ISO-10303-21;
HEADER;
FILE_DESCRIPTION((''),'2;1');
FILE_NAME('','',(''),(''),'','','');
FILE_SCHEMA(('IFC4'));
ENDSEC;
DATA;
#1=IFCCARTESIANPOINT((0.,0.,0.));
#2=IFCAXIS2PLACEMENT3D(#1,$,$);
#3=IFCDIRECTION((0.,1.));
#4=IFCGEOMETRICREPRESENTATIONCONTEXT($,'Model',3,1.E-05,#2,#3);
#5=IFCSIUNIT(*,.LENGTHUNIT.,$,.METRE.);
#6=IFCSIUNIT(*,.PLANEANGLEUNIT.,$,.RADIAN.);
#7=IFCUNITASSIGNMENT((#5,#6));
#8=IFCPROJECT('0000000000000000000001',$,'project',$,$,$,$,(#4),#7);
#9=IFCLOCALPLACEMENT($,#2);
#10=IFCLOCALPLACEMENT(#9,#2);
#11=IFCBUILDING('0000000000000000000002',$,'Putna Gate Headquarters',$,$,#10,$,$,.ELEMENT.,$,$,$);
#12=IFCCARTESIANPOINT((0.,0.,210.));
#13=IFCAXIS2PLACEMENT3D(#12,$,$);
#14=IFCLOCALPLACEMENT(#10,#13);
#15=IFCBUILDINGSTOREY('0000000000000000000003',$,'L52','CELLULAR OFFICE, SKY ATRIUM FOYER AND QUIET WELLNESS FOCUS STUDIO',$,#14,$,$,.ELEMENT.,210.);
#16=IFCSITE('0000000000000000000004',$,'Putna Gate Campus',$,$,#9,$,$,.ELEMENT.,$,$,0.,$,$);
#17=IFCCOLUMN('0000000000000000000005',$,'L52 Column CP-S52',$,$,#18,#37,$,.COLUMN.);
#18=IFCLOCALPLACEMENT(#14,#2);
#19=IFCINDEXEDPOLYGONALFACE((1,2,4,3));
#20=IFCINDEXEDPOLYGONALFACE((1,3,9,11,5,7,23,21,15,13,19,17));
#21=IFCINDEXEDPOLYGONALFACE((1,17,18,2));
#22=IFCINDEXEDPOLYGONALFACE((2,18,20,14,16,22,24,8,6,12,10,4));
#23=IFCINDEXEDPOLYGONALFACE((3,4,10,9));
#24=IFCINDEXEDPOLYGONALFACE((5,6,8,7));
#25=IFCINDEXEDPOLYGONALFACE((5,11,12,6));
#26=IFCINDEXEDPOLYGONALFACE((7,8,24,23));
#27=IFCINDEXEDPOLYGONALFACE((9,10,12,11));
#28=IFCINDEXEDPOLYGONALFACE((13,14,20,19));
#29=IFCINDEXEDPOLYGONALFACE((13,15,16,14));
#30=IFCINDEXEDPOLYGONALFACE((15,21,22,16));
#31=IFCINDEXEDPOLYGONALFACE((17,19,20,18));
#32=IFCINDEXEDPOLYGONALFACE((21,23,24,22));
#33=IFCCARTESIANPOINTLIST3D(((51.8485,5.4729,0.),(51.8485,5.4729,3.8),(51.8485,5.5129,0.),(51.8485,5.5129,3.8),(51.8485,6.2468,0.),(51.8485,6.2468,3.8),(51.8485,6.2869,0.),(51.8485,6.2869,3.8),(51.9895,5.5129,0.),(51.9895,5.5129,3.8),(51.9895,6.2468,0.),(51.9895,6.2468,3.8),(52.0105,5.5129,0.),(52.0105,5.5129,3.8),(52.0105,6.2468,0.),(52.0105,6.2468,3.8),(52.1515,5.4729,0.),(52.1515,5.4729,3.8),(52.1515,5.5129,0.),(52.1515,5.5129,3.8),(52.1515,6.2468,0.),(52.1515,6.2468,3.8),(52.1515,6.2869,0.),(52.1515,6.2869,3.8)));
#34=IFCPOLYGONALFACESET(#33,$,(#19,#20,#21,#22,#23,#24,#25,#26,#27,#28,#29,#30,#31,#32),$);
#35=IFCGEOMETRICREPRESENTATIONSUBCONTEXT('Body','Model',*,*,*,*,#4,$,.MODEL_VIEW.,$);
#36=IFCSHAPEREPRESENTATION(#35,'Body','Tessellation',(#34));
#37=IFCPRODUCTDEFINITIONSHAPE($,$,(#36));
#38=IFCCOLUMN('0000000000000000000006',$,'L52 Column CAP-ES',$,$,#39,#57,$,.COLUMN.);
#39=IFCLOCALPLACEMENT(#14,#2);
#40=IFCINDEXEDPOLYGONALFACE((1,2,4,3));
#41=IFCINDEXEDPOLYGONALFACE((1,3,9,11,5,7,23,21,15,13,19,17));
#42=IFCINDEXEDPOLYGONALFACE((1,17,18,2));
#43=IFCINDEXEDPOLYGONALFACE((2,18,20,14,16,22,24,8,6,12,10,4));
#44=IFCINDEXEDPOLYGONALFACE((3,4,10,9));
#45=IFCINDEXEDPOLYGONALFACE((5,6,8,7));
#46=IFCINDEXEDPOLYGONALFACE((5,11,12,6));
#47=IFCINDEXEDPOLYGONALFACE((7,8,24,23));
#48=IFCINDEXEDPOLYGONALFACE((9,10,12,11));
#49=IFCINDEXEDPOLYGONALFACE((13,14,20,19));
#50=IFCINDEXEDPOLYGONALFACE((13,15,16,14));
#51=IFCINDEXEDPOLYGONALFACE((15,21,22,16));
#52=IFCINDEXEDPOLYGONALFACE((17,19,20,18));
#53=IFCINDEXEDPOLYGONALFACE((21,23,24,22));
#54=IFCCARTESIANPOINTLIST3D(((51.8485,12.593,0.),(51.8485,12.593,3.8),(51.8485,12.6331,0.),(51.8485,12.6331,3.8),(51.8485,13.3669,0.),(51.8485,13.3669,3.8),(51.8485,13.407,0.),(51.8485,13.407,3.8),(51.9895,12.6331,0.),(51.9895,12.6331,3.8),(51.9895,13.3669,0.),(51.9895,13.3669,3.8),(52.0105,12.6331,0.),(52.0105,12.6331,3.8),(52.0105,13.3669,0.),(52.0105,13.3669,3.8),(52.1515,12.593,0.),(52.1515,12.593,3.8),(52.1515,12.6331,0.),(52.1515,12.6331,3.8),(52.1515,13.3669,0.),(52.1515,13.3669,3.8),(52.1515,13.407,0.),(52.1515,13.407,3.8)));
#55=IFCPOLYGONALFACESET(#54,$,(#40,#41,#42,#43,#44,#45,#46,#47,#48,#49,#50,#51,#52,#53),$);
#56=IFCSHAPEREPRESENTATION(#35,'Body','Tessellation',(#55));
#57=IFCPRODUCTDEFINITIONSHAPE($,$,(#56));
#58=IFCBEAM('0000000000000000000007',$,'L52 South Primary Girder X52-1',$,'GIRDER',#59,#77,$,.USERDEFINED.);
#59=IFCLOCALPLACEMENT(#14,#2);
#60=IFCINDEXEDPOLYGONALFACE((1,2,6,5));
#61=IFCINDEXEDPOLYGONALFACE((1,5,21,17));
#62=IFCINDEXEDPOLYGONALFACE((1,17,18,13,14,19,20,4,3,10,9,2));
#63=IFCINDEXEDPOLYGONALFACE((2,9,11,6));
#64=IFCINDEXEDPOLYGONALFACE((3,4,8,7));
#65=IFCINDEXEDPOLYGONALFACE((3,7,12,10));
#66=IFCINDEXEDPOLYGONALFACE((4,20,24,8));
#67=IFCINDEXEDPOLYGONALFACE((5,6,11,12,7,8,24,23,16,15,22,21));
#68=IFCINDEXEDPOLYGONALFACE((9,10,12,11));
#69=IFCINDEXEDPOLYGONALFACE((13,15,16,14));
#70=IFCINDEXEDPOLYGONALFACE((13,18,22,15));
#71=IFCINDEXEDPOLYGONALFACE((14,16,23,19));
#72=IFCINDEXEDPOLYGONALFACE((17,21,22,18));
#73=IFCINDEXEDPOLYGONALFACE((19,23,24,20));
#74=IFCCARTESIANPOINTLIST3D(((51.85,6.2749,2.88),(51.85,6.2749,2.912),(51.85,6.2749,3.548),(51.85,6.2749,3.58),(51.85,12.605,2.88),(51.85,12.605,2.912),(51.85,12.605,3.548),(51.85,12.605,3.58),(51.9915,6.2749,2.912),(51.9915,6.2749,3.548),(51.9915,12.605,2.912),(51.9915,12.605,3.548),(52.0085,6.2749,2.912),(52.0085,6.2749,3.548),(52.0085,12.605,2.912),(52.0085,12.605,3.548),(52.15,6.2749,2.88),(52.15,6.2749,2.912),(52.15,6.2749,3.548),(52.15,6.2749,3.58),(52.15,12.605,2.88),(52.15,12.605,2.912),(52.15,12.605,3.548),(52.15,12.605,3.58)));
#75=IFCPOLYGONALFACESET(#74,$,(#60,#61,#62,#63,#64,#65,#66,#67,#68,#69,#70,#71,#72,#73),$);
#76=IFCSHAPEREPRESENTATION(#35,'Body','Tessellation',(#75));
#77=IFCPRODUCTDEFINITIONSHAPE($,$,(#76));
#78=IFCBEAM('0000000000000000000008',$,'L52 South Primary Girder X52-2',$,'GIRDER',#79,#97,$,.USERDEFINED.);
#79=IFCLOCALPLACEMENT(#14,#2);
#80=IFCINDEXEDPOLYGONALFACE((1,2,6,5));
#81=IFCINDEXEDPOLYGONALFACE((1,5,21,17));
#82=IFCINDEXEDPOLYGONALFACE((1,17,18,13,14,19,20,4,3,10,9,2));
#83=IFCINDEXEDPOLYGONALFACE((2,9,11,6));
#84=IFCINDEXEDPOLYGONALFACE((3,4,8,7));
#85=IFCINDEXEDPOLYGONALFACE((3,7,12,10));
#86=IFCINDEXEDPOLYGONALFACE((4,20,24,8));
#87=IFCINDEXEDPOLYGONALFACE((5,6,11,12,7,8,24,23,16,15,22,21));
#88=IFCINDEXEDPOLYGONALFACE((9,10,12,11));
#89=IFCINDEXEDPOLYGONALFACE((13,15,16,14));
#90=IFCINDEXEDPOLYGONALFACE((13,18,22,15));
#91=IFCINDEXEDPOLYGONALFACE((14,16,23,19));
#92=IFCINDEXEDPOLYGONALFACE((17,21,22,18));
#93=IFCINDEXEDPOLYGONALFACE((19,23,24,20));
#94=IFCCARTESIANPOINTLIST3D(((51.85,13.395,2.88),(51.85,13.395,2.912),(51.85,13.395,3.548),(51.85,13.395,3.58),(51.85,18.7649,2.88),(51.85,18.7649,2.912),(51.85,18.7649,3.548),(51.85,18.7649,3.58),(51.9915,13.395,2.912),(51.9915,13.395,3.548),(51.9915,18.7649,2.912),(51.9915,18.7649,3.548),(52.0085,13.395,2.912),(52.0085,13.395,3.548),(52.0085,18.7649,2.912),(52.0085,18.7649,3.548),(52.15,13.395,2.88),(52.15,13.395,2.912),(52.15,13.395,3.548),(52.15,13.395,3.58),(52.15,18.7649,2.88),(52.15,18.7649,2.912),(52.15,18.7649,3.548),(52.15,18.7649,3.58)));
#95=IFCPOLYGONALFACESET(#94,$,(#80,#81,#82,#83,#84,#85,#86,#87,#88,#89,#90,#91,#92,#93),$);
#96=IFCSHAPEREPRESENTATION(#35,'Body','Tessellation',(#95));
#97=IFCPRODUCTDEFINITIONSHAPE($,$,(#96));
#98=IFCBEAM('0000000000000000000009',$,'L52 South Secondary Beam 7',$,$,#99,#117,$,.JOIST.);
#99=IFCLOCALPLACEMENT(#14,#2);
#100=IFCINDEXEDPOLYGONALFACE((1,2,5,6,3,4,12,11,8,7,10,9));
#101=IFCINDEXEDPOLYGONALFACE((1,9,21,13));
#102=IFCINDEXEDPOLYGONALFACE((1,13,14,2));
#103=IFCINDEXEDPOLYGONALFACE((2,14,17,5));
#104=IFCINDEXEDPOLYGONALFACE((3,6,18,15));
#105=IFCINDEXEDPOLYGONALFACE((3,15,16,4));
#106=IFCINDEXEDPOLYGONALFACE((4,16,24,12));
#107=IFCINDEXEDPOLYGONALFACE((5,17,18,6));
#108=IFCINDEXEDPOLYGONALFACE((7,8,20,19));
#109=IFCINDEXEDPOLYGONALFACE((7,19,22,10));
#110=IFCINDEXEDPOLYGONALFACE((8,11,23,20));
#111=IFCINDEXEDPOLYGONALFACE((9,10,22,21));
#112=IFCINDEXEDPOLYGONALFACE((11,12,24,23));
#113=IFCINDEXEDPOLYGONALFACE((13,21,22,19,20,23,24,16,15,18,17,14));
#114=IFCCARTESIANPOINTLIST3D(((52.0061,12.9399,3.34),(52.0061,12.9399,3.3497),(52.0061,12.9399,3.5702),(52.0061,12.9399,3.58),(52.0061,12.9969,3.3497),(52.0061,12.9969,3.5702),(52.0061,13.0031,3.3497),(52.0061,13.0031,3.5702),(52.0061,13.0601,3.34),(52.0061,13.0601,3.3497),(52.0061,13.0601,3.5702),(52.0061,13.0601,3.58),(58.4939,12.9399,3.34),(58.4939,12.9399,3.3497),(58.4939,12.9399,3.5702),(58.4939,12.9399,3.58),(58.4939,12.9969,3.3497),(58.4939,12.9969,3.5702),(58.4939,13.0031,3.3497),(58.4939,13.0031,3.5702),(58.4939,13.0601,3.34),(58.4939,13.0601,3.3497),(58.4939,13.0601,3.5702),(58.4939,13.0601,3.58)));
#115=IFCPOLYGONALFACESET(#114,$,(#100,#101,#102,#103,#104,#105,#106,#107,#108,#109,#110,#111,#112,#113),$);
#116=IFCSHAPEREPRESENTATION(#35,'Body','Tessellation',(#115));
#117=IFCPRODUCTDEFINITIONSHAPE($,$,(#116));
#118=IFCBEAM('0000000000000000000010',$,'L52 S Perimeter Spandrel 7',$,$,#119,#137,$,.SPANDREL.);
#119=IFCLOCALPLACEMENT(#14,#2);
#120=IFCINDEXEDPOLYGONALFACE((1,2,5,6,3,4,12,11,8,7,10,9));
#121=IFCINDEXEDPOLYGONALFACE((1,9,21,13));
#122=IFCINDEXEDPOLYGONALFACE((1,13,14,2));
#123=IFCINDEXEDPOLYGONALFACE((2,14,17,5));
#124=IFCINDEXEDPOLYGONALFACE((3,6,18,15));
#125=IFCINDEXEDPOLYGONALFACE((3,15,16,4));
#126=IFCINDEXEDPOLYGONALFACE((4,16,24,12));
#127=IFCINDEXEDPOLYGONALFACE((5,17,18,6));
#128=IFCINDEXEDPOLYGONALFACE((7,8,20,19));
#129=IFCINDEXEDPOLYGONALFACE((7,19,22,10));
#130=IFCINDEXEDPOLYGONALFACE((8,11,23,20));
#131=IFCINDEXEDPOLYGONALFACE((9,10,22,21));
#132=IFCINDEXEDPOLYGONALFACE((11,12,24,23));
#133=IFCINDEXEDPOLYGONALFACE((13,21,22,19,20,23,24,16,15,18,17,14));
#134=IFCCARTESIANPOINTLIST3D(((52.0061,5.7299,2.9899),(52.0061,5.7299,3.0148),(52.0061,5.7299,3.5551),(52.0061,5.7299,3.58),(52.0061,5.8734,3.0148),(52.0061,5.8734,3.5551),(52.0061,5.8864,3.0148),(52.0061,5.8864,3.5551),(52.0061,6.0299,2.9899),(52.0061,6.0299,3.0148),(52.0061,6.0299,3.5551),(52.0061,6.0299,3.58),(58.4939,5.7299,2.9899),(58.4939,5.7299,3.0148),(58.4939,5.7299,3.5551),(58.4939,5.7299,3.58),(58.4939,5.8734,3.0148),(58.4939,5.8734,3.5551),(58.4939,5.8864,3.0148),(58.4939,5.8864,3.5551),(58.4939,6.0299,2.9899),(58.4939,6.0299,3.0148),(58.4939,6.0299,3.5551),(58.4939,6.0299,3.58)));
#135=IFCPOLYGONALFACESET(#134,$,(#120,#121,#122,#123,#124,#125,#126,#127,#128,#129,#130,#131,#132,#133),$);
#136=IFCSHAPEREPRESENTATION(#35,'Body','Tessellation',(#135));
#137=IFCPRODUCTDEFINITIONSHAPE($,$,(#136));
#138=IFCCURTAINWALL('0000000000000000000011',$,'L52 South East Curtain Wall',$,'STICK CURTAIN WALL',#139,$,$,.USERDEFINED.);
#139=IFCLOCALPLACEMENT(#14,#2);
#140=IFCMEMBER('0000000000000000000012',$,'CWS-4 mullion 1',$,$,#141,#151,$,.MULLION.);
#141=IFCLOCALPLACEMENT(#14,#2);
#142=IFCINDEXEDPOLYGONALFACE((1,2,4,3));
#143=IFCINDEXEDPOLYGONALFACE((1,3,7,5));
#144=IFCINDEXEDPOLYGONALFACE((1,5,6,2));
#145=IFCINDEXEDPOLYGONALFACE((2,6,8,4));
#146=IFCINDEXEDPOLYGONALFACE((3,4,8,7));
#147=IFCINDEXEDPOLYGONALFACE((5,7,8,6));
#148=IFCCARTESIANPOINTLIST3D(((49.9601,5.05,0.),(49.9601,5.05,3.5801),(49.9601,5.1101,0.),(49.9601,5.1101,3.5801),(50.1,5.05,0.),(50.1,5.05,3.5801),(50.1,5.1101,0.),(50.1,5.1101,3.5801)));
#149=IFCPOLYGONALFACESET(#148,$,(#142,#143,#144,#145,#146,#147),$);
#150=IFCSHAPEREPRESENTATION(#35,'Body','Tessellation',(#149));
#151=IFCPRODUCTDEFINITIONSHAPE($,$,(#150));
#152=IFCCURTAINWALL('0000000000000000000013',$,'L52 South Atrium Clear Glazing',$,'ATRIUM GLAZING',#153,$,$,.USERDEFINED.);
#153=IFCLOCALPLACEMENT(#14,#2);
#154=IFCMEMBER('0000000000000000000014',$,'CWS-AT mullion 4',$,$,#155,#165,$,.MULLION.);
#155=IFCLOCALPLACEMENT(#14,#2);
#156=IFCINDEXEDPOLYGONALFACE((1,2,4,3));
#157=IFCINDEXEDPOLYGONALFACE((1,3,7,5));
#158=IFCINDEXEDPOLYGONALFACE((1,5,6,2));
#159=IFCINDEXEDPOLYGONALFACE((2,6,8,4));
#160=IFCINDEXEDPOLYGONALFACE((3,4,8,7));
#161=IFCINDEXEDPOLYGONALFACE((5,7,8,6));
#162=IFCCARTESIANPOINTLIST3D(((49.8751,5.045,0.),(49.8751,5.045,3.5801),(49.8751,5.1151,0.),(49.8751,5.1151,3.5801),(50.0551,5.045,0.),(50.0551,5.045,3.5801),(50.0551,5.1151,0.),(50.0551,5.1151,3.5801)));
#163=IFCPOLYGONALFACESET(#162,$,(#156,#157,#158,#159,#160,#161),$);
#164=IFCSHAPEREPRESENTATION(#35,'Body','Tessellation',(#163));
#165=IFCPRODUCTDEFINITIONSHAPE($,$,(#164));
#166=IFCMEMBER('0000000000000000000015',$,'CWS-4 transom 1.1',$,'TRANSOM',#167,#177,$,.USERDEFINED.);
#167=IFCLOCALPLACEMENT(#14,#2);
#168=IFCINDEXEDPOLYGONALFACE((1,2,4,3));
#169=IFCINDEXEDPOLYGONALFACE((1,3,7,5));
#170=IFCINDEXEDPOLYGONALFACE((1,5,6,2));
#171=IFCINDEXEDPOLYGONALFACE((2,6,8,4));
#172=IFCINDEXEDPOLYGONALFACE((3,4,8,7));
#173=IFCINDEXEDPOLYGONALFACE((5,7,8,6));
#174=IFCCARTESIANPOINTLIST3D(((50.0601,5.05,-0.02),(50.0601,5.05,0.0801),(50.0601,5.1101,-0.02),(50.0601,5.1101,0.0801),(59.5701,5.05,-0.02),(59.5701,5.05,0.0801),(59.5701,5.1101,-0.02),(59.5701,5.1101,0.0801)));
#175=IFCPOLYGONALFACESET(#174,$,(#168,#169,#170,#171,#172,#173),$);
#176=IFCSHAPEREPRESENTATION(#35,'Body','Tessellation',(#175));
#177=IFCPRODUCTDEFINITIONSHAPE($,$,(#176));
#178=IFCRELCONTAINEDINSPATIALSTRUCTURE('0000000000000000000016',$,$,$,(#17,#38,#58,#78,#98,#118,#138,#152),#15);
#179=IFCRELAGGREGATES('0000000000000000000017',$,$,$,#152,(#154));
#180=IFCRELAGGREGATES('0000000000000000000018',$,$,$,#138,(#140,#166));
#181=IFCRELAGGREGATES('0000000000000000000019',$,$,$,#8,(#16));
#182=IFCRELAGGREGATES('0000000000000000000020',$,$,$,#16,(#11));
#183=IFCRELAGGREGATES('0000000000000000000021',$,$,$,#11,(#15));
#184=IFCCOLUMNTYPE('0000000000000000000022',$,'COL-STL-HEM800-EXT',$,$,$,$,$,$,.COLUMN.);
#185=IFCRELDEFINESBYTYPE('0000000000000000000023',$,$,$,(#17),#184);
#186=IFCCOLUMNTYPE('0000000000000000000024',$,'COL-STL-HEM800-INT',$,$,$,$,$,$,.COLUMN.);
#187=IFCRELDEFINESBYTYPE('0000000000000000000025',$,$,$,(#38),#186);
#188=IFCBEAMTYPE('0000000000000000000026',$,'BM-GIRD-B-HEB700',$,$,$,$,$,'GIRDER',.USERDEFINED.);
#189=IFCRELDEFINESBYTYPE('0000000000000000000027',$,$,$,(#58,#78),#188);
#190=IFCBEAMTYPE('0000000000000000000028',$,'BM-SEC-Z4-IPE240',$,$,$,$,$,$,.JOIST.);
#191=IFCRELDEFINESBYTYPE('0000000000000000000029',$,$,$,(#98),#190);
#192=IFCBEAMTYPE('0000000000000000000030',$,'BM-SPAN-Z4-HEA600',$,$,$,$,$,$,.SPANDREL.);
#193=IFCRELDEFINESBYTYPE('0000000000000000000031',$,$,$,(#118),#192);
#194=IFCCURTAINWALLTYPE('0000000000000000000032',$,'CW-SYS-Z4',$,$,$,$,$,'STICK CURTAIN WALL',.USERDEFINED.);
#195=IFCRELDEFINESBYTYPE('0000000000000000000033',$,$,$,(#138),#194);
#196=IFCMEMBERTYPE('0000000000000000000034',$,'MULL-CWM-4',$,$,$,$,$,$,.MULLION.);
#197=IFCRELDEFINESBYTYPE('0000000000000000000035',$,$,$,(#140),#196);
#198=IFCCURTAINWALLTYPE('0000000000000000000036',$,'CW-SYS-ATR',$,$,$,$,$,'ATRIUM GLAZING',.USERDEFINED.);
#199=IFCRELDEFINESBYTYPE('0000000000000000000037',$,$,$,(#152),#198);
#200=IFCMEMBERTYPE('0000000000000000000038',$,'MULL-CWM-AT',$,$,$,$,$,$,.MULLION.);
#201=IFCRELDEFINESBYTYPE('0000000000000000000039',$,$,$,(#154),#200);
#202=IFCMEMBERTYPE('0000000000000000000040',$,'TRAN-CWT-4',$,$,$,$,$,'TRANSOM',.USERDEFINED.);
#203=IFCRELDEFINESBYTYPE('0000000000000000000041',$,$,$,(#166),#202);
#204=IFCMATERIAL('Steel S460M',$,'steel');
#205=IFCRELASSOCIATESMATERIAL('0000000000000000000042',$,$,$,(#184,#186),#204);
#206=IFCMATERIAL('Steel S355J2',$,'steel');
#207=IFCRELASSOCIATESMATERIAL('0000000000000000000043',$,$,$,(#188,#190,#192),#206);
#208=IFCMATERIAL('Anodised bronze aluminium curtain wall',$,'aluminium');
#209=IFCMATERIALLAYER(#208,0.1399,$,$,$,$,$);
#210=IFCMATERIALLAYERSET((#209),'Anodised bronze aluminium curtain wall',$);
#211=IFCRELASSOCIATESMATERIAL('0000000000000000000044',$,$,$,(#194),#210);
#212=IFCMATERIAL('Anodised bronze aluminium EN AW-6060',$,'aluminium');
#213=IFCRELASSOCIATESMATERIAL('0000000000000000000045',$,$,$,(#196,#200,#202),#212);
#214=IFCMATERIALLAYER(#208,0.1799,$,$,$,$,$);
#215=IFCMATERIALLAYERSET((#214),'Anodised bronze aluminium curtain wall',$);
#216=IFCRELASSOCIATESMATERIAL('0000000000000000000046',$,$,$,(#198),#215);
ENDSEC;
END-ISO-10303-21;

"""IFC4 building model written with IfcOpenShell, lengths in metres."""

from ifc_helpers import new_model, si_unit, direction, frame, origin, origin_2d, place, context, subcontext, project, spatial, rectangle, i_section, extrude, material, layer, layer_set, material_profile, profile_set, type_object, element, aggregate, save


model = new_model("IFC4")

# Units and contexts
model_context = context("Model", 3, precision=1e-05, world=origin(), true_north=direction((0.0, 1.0)))
body_context = subcontext(model_context, "Body", "Model", "MODEL_VIEW")
ifc_project = project(units=[si_unit("LENGTHUNIT", "METRE"), si_unit("PLANEANGLEUNIT", "RADIAN")], contexts=[model_context])

# Site, building, storey
site_placement = place(None, origin())
site = spatial("IfcSite", under=ifc_project, at=site_placement, Name="Putna Gate Campus", CompositionType="ELEMENT", RefElevation=0.0)
building_placement = place(site_placement, origin())
building = spatial("IfcBuilding", under=site, at=building_placement, Name="Putna Gate Headquarters", CompositionType="ELEMENT")
storey_placement = place(building_placement, frame((0.0, 0.0, 210.0)))
storey = spatial("IfcBuildingStorey", under=building, at=storey_placement, Name="L52", Description="CELLULAR OFFICE, SKY ATRIUM FOYER AND QUIET WELLNESS FOCUS STUDIO", CompositionType="ELEMENT", Elevation=210.0)

# Columns
ifc_material_1 = material(Name="Steel S460M", Category="steel")
ifc_material_profile_1 = material_profile(ifc_material_1, i_section(OverallWidth=0.303, OverallDepth=0.814, WebThickness=0.021, FlangeThickness=0.04, at=origin_2d()), Name="Steel S460M")
ifc_profile_set_1 = profile_set([ifc_material_profile_1], Name="Steel S460M")
column_type_1 = type_object("IfcColumnType", Name="COL-STL-HEM800-EXT", PredefinedType="COLUMN", material=ifc_profile_set_1)
column_1_placement = place(storey_placement, frame((52.0, 5.8799, 0.0), z_axis=(0.0, 0.0, 1.0), x_axis=(1.0, 0.0, 0.0)))
element("IfcColumn", 1, at=column_1_placement, inside=storey, type_object=column_type_1, Name="L52 Column CP-S52", PredefinedType="COLUMN", context=body_context, shape_type="SweptSolid", body=[
    extrude(i_section(OverallWidth=0.303, OverallDepth=0.814, WebThickness=0.021, FlangeThickness=0.04, at=origin_2d()), origin(), (0.0, 0.0, 1.0), 3.8),
])
ifc_material_profile_2 = material_profile(ifc_material_1, i_section(OverallWidth=0.303, OverallDepth=0.814, WebThickness=0.021, FlangeThickness=0.04, at=origin_2d()), Name="Steel S460M")
ifc_profile_set_2 = profile_set([ifc_material_profile_2], Name="Steel S460M")
column_type_2 = type_object("IfcColumnType", Name="COL-STL-HEM800-INT", PredefinedType="COLUMN", material=ifc_profile_set_2)
column_2_placement = place(storey_placement, frame((52.0, 13.0, 0.0), z_axis=(0.0, 0.0, 1.0), x_axis=(1.0, 0.0, 0.0)))
element("IfcColumn", 2, at=column_2_placement, inside=storey, type_object=column_type_2, Name="L52 Column CAP-ES", PredefinedType="COLUMN", context=body_context, shape_type="SweptSolid", body=[
    extrude(i_section(OverallWidth=0.303, OverallDepth=0.814, WebThickness=0.021, FlangeThickness=0.04, at=origin_2d()), origin(), (0.0, 0.0, 1.0), 3.8),
])

# Beams
ifc_material_2 = material(Name="Steel S355J2", Category="steel")
ifc_material_profile_3 = material_profile(ifc_material_2, i_section(OverallWidth=0.3, OverallDepth=0.7, WebThickness=0.0171, FlangeThickness=0.032, at=origin_2d()), Name="Steel S355J2")
ifc_profile_set_3 = profile_set([ifc_material_profile_3], Name="Steel S355J2")
beam_type_1 = type_object("IfcBeamType", Name="BM-GIRD-B-HEB700", ElementType="GIRDER", PredefinedType="USERDEFINED", material=ifc_profile_set_3)
beam_1_placement = place(storey_placement, frame((52.0, 6.2749, 3.23), z_axis=(0.0, 1.0, 0.0), x_axis=(-1.0, 0.0, 0.0)))
element("IfcBeam", 3, at=beam_1_placement, inside=storey, type_object=beam_type_1, Name="L52 South Primary Girder X52-1", ObjectType="GIRDER", PredefinedType="USERDEFINED", context=body_context, shape_type="SweptSolid", body=[
    extrude(i_section(OverallWidth=0.3, OverallDepth=0.7, WebThickness=0.0171, FlangeThickness=0.032, at=origin_2d()), origin(), (0.0, 0.0, 1.0), 6.3301),
])
beam_2_placement = place(storey_placement, frame((52.0, 13.395, 3.23), z_axis=(0.0, 1.0, 0.0), x_axis=(-1.0, 0.0, 0.0)))
element("IfcBeam", 4, at=beam_2_placement, inside=storey, type_object=beam_type_1, Name="L52 South Primary Girder X52-2", ObjectType="GIRDER", PredefinedType="USERDEFINED", context=body_context, shape_type="SweptSolid", body=[
    extrude(i_section(OverallWidth=0.3, OverallDepth=0.7, WebThickness=0.0171, FlangeThickness=0.032, at=origin_2d()), origin(), (0.0, 0.0, 1.0), 5.3699),
])
ifc_material_profile_4 = material_profile(ifc_material_2, i_section(OverallWidth=0.1201, OverallDepth=0.24, WebThickness=0.0061, FlangeThickness=0.0098, at=origin_2d()), Name="Steel S355J2")
ifc_profile_set_4 = profile_set([ifc_material_profile_4], Name="Steel S355J2")
beam_type_2 = type_object("IfcBeamType", Name="BM-SEC-Z4-IPE240", PredefinedType="JOIST", material=ifc_profile_set_4)
beam_3_placement = place(storey_placement, frame((52.0061, 13.0, 3.46), z_axis=(1.0, 0.0, 0.0), x_axis=(0.0, 1.0, 0.0)))
element("IfcBeam", 5, at=beam_3_placement, inside=storey, type_object=beam_type_2, Name="L52 South Secondary Beam 7", PredefinedType="JOIST", context=body_context, shape_type="SweptSolid", body=[
    extrude(i_section(OverallWidth=0.1201, OverallDepth=0.24, WebThickness=0.0061, FlangeThickness=0.0098, at=origin_2d()), origin(), (0.0, 0.0, 1.0), 6.4878),
])
ifc_material_profile_5 = material_profile(ifc_material_2, i_section(OverallWidth=0.3, OverallDepth=0.5901, WebThickness=0.0129, FlangeThickness=0.0249, at=origin_2d()), Name="Steel S355J2")
ifc_profile_set_5 = profile_set([ifc_material_profile_5], Name="Steel S355J2")
beam_type_3 = type_object("IfcBeamType", Name="BM-SPAN-Z4-HEA600", PredefinedType="SPANDREL", material=ifc_profile_set_5)
beam_4_placement = place(storey_placement, frame((52.0061, 5.8799, 3.2849), z_axis=(1.0, 0.0, 0.0), x_axis=(0.0, 1.0, 0.0)))
element("IfcBeam", 6, at=beam_4_placement, inside=storey, type_object=beam_type_3, Name="L52 S Perimeter Spandrel 7", PredefinedType="SPANDREL", context=body_context, shape_type="SweptSolid", body=[
    extrude(i_section(OverallWidth=0.3, OverallDepth=0.5901, WebThickness=0.0129, FlangeThickness=0.0249, at=origin_2d()), origin(), (0.0, 0.0, 1.0), 6.4878),
])

# Curtain walls, members
ifc_material_3 = material(Name="Anodised bronze aluminium curtain wall", Category="aluminium")
ifc_layer_1 = layer(ifc_material_3, 0.1399)
ifc_layer_set_1 = layer_set([ifc_layer_1], Name="Anodised bronze aluminium curtain wall")
curtain_wall_type_1 = type_object("IfcCurtainWallType", Name="CW-SYS-Z4", ElementType="STICK CURTAIN WALL", PredefinedType="USERDEFINED", material=ifc_layer_set_1)
curtain_wall_1_placement = place(storey_placement, origin())
curtain_wall_1 = element("IfcCurtainWall", 7, at=curtain_wall_1_placement, inside=storey, type_object=curtain_wall_type_1, Name="L52 South East Curtain Wall", ObjectType="STICK CURTAIN WALL", PredefinedType="USERDEFINED")
ifc_material_4 = material(Name="Anodised bronze aluminium EN AW-6060", Category="aluminium")
ifc_material_profile_6 = material_profile(ifc_material_4, rectangle(XDim=0.0601, YDim=0.1399, at=origin_2d()), Name="Anodised bronze aluminium EN AW-6060")
ifc_profile_set_6 = profile_set([ifc_material_profile_6], Name="Anodised bronze aluminium EN AW-6060")
member_type_1 = type_object("IfcMemberType", Name="MULL-CWM-4", PredefinedType="MULLION", material=ifc_profile_set_6)
member_1_placement = place(storey_placement, frame((50.03, 5.0801, 0.0), z_axis=(0.0, 0.0, 1.0), x_axis=(0.0, 1.0, 0.0)))
member_1 = element("IfcMember", 8, at=member_1_placement, type_object=member_type_1, Name="CWS-4 mullion 1", PredefinedType="MULLION", context=body_context, shape_type="SweptSolid", body=[
    extrude(rectangle(XDim=0.0601, YDim=0.1399, at=origin_2d()), origin(), (0.0, 0.0, 1.0), 3.5801),
])
ifc_layer_2 = layer(ifc_material_3, 0.1799)
ifc_layer_set_2 = layer_set([ifc_layer_2], Name="Anodised bronze aluminium curtain wall")
curtain_wall_type_2 = type_object("IfcCurtainWallType", Name="CW-SYS-ATR", ElementType="ATRIUM GLAZING", PredefinedType="USERDEFINED", material=ifc_layer_set_2)
curtain_wall_2_placement = place(storey_placement, origin())
curtain_wall_2 = element("IfcCurtainWall", 9, at=curtain_wall_2_placement, inside=storey, type_object=curtain_wall_type_2, Name="L52 South Atrium Clear Glazing", ObjectType="ATRIUM GLAZING", PredefinedType="USERDEFINED")
ifc_material_profile_7 = material_profile(ifc_material_4, rectangle(XDim=0.0701, YDim=0.1799, at=origin_2d()), Name="Anodised bronze aluminium EN AW-6060")
ifc_profile_set_7 = profile_set([ifc_material_profile_7], Name="Anodised bronze aluminium EN AW-6060")
member_type_2 = type_object("IfcMemberType", Name="MULL-CWM-AT", PredefinedType="MULLION", material=ifc_profile_set_7)
member_2_placement = place(storey_placement, frame((49.9651, 5.0801, 0.0), z_axis=(0.0, 0.0, 1.0), x_axis=(0.0, 1.0, 0.0)))
member_2 = element("IfcMember", 10, at=member_2_placement, type_object=member_type_2, Name="CWS-AT mullion 4", PredefinedType="MULLION", context=body_context, shape_type="SweptSolid", body=[
    extrude(rectangle(XDim=0.0701, YDim=0.1799, at=origin_2d()), origin(), (0.0, 0.0, 1.0), 3.5801),
])
aggregate(curtain_wall_2, [member_2])

# Member
ifc_material_profile_8 = material_profile(ifc_material_4, rectangle(XDim=0.0601, YDim=0.1001, at=origin_2d()), Name="Anodised bronze aluminium EN AW-6060")
ifc_profile_set_8 = profile_set([ifc_material_profile_8], Name="Anodised bronze aluminium EN AW-6060")
member_type_3 = type_object("IfcMemberType", Name="TRAN-CWT-4", ElementType="TRANSOM", PredefinedType="USERDEFINED", material=ifc_profile_set_8)
member_3_placement = place(storey_placement, frame((50.0601, 5.0801, 0.03), z_axis=(1.0, 0.0, 0.0), x_axis=(0.0, 1.0, 0.0)))
member_3 = element("IfcMember", 11, at=member_3_placement, type_object=member_type_3, Name="CWS-4 transom 1.1", ObjectType="TRANSOM", PredefinedType="USERDEFINED", context=body_context, shape_type="SweptSolid", body=[
    extrude(rectangle(XDim=0.0601, YDim=0.1001, at=origin_2d()), origin(), (0.0, 0.0, 1.0), 9.51),
])

aggregate(curtain_wall_1, [member_1, member_3])

save(model, "model.ifc")
